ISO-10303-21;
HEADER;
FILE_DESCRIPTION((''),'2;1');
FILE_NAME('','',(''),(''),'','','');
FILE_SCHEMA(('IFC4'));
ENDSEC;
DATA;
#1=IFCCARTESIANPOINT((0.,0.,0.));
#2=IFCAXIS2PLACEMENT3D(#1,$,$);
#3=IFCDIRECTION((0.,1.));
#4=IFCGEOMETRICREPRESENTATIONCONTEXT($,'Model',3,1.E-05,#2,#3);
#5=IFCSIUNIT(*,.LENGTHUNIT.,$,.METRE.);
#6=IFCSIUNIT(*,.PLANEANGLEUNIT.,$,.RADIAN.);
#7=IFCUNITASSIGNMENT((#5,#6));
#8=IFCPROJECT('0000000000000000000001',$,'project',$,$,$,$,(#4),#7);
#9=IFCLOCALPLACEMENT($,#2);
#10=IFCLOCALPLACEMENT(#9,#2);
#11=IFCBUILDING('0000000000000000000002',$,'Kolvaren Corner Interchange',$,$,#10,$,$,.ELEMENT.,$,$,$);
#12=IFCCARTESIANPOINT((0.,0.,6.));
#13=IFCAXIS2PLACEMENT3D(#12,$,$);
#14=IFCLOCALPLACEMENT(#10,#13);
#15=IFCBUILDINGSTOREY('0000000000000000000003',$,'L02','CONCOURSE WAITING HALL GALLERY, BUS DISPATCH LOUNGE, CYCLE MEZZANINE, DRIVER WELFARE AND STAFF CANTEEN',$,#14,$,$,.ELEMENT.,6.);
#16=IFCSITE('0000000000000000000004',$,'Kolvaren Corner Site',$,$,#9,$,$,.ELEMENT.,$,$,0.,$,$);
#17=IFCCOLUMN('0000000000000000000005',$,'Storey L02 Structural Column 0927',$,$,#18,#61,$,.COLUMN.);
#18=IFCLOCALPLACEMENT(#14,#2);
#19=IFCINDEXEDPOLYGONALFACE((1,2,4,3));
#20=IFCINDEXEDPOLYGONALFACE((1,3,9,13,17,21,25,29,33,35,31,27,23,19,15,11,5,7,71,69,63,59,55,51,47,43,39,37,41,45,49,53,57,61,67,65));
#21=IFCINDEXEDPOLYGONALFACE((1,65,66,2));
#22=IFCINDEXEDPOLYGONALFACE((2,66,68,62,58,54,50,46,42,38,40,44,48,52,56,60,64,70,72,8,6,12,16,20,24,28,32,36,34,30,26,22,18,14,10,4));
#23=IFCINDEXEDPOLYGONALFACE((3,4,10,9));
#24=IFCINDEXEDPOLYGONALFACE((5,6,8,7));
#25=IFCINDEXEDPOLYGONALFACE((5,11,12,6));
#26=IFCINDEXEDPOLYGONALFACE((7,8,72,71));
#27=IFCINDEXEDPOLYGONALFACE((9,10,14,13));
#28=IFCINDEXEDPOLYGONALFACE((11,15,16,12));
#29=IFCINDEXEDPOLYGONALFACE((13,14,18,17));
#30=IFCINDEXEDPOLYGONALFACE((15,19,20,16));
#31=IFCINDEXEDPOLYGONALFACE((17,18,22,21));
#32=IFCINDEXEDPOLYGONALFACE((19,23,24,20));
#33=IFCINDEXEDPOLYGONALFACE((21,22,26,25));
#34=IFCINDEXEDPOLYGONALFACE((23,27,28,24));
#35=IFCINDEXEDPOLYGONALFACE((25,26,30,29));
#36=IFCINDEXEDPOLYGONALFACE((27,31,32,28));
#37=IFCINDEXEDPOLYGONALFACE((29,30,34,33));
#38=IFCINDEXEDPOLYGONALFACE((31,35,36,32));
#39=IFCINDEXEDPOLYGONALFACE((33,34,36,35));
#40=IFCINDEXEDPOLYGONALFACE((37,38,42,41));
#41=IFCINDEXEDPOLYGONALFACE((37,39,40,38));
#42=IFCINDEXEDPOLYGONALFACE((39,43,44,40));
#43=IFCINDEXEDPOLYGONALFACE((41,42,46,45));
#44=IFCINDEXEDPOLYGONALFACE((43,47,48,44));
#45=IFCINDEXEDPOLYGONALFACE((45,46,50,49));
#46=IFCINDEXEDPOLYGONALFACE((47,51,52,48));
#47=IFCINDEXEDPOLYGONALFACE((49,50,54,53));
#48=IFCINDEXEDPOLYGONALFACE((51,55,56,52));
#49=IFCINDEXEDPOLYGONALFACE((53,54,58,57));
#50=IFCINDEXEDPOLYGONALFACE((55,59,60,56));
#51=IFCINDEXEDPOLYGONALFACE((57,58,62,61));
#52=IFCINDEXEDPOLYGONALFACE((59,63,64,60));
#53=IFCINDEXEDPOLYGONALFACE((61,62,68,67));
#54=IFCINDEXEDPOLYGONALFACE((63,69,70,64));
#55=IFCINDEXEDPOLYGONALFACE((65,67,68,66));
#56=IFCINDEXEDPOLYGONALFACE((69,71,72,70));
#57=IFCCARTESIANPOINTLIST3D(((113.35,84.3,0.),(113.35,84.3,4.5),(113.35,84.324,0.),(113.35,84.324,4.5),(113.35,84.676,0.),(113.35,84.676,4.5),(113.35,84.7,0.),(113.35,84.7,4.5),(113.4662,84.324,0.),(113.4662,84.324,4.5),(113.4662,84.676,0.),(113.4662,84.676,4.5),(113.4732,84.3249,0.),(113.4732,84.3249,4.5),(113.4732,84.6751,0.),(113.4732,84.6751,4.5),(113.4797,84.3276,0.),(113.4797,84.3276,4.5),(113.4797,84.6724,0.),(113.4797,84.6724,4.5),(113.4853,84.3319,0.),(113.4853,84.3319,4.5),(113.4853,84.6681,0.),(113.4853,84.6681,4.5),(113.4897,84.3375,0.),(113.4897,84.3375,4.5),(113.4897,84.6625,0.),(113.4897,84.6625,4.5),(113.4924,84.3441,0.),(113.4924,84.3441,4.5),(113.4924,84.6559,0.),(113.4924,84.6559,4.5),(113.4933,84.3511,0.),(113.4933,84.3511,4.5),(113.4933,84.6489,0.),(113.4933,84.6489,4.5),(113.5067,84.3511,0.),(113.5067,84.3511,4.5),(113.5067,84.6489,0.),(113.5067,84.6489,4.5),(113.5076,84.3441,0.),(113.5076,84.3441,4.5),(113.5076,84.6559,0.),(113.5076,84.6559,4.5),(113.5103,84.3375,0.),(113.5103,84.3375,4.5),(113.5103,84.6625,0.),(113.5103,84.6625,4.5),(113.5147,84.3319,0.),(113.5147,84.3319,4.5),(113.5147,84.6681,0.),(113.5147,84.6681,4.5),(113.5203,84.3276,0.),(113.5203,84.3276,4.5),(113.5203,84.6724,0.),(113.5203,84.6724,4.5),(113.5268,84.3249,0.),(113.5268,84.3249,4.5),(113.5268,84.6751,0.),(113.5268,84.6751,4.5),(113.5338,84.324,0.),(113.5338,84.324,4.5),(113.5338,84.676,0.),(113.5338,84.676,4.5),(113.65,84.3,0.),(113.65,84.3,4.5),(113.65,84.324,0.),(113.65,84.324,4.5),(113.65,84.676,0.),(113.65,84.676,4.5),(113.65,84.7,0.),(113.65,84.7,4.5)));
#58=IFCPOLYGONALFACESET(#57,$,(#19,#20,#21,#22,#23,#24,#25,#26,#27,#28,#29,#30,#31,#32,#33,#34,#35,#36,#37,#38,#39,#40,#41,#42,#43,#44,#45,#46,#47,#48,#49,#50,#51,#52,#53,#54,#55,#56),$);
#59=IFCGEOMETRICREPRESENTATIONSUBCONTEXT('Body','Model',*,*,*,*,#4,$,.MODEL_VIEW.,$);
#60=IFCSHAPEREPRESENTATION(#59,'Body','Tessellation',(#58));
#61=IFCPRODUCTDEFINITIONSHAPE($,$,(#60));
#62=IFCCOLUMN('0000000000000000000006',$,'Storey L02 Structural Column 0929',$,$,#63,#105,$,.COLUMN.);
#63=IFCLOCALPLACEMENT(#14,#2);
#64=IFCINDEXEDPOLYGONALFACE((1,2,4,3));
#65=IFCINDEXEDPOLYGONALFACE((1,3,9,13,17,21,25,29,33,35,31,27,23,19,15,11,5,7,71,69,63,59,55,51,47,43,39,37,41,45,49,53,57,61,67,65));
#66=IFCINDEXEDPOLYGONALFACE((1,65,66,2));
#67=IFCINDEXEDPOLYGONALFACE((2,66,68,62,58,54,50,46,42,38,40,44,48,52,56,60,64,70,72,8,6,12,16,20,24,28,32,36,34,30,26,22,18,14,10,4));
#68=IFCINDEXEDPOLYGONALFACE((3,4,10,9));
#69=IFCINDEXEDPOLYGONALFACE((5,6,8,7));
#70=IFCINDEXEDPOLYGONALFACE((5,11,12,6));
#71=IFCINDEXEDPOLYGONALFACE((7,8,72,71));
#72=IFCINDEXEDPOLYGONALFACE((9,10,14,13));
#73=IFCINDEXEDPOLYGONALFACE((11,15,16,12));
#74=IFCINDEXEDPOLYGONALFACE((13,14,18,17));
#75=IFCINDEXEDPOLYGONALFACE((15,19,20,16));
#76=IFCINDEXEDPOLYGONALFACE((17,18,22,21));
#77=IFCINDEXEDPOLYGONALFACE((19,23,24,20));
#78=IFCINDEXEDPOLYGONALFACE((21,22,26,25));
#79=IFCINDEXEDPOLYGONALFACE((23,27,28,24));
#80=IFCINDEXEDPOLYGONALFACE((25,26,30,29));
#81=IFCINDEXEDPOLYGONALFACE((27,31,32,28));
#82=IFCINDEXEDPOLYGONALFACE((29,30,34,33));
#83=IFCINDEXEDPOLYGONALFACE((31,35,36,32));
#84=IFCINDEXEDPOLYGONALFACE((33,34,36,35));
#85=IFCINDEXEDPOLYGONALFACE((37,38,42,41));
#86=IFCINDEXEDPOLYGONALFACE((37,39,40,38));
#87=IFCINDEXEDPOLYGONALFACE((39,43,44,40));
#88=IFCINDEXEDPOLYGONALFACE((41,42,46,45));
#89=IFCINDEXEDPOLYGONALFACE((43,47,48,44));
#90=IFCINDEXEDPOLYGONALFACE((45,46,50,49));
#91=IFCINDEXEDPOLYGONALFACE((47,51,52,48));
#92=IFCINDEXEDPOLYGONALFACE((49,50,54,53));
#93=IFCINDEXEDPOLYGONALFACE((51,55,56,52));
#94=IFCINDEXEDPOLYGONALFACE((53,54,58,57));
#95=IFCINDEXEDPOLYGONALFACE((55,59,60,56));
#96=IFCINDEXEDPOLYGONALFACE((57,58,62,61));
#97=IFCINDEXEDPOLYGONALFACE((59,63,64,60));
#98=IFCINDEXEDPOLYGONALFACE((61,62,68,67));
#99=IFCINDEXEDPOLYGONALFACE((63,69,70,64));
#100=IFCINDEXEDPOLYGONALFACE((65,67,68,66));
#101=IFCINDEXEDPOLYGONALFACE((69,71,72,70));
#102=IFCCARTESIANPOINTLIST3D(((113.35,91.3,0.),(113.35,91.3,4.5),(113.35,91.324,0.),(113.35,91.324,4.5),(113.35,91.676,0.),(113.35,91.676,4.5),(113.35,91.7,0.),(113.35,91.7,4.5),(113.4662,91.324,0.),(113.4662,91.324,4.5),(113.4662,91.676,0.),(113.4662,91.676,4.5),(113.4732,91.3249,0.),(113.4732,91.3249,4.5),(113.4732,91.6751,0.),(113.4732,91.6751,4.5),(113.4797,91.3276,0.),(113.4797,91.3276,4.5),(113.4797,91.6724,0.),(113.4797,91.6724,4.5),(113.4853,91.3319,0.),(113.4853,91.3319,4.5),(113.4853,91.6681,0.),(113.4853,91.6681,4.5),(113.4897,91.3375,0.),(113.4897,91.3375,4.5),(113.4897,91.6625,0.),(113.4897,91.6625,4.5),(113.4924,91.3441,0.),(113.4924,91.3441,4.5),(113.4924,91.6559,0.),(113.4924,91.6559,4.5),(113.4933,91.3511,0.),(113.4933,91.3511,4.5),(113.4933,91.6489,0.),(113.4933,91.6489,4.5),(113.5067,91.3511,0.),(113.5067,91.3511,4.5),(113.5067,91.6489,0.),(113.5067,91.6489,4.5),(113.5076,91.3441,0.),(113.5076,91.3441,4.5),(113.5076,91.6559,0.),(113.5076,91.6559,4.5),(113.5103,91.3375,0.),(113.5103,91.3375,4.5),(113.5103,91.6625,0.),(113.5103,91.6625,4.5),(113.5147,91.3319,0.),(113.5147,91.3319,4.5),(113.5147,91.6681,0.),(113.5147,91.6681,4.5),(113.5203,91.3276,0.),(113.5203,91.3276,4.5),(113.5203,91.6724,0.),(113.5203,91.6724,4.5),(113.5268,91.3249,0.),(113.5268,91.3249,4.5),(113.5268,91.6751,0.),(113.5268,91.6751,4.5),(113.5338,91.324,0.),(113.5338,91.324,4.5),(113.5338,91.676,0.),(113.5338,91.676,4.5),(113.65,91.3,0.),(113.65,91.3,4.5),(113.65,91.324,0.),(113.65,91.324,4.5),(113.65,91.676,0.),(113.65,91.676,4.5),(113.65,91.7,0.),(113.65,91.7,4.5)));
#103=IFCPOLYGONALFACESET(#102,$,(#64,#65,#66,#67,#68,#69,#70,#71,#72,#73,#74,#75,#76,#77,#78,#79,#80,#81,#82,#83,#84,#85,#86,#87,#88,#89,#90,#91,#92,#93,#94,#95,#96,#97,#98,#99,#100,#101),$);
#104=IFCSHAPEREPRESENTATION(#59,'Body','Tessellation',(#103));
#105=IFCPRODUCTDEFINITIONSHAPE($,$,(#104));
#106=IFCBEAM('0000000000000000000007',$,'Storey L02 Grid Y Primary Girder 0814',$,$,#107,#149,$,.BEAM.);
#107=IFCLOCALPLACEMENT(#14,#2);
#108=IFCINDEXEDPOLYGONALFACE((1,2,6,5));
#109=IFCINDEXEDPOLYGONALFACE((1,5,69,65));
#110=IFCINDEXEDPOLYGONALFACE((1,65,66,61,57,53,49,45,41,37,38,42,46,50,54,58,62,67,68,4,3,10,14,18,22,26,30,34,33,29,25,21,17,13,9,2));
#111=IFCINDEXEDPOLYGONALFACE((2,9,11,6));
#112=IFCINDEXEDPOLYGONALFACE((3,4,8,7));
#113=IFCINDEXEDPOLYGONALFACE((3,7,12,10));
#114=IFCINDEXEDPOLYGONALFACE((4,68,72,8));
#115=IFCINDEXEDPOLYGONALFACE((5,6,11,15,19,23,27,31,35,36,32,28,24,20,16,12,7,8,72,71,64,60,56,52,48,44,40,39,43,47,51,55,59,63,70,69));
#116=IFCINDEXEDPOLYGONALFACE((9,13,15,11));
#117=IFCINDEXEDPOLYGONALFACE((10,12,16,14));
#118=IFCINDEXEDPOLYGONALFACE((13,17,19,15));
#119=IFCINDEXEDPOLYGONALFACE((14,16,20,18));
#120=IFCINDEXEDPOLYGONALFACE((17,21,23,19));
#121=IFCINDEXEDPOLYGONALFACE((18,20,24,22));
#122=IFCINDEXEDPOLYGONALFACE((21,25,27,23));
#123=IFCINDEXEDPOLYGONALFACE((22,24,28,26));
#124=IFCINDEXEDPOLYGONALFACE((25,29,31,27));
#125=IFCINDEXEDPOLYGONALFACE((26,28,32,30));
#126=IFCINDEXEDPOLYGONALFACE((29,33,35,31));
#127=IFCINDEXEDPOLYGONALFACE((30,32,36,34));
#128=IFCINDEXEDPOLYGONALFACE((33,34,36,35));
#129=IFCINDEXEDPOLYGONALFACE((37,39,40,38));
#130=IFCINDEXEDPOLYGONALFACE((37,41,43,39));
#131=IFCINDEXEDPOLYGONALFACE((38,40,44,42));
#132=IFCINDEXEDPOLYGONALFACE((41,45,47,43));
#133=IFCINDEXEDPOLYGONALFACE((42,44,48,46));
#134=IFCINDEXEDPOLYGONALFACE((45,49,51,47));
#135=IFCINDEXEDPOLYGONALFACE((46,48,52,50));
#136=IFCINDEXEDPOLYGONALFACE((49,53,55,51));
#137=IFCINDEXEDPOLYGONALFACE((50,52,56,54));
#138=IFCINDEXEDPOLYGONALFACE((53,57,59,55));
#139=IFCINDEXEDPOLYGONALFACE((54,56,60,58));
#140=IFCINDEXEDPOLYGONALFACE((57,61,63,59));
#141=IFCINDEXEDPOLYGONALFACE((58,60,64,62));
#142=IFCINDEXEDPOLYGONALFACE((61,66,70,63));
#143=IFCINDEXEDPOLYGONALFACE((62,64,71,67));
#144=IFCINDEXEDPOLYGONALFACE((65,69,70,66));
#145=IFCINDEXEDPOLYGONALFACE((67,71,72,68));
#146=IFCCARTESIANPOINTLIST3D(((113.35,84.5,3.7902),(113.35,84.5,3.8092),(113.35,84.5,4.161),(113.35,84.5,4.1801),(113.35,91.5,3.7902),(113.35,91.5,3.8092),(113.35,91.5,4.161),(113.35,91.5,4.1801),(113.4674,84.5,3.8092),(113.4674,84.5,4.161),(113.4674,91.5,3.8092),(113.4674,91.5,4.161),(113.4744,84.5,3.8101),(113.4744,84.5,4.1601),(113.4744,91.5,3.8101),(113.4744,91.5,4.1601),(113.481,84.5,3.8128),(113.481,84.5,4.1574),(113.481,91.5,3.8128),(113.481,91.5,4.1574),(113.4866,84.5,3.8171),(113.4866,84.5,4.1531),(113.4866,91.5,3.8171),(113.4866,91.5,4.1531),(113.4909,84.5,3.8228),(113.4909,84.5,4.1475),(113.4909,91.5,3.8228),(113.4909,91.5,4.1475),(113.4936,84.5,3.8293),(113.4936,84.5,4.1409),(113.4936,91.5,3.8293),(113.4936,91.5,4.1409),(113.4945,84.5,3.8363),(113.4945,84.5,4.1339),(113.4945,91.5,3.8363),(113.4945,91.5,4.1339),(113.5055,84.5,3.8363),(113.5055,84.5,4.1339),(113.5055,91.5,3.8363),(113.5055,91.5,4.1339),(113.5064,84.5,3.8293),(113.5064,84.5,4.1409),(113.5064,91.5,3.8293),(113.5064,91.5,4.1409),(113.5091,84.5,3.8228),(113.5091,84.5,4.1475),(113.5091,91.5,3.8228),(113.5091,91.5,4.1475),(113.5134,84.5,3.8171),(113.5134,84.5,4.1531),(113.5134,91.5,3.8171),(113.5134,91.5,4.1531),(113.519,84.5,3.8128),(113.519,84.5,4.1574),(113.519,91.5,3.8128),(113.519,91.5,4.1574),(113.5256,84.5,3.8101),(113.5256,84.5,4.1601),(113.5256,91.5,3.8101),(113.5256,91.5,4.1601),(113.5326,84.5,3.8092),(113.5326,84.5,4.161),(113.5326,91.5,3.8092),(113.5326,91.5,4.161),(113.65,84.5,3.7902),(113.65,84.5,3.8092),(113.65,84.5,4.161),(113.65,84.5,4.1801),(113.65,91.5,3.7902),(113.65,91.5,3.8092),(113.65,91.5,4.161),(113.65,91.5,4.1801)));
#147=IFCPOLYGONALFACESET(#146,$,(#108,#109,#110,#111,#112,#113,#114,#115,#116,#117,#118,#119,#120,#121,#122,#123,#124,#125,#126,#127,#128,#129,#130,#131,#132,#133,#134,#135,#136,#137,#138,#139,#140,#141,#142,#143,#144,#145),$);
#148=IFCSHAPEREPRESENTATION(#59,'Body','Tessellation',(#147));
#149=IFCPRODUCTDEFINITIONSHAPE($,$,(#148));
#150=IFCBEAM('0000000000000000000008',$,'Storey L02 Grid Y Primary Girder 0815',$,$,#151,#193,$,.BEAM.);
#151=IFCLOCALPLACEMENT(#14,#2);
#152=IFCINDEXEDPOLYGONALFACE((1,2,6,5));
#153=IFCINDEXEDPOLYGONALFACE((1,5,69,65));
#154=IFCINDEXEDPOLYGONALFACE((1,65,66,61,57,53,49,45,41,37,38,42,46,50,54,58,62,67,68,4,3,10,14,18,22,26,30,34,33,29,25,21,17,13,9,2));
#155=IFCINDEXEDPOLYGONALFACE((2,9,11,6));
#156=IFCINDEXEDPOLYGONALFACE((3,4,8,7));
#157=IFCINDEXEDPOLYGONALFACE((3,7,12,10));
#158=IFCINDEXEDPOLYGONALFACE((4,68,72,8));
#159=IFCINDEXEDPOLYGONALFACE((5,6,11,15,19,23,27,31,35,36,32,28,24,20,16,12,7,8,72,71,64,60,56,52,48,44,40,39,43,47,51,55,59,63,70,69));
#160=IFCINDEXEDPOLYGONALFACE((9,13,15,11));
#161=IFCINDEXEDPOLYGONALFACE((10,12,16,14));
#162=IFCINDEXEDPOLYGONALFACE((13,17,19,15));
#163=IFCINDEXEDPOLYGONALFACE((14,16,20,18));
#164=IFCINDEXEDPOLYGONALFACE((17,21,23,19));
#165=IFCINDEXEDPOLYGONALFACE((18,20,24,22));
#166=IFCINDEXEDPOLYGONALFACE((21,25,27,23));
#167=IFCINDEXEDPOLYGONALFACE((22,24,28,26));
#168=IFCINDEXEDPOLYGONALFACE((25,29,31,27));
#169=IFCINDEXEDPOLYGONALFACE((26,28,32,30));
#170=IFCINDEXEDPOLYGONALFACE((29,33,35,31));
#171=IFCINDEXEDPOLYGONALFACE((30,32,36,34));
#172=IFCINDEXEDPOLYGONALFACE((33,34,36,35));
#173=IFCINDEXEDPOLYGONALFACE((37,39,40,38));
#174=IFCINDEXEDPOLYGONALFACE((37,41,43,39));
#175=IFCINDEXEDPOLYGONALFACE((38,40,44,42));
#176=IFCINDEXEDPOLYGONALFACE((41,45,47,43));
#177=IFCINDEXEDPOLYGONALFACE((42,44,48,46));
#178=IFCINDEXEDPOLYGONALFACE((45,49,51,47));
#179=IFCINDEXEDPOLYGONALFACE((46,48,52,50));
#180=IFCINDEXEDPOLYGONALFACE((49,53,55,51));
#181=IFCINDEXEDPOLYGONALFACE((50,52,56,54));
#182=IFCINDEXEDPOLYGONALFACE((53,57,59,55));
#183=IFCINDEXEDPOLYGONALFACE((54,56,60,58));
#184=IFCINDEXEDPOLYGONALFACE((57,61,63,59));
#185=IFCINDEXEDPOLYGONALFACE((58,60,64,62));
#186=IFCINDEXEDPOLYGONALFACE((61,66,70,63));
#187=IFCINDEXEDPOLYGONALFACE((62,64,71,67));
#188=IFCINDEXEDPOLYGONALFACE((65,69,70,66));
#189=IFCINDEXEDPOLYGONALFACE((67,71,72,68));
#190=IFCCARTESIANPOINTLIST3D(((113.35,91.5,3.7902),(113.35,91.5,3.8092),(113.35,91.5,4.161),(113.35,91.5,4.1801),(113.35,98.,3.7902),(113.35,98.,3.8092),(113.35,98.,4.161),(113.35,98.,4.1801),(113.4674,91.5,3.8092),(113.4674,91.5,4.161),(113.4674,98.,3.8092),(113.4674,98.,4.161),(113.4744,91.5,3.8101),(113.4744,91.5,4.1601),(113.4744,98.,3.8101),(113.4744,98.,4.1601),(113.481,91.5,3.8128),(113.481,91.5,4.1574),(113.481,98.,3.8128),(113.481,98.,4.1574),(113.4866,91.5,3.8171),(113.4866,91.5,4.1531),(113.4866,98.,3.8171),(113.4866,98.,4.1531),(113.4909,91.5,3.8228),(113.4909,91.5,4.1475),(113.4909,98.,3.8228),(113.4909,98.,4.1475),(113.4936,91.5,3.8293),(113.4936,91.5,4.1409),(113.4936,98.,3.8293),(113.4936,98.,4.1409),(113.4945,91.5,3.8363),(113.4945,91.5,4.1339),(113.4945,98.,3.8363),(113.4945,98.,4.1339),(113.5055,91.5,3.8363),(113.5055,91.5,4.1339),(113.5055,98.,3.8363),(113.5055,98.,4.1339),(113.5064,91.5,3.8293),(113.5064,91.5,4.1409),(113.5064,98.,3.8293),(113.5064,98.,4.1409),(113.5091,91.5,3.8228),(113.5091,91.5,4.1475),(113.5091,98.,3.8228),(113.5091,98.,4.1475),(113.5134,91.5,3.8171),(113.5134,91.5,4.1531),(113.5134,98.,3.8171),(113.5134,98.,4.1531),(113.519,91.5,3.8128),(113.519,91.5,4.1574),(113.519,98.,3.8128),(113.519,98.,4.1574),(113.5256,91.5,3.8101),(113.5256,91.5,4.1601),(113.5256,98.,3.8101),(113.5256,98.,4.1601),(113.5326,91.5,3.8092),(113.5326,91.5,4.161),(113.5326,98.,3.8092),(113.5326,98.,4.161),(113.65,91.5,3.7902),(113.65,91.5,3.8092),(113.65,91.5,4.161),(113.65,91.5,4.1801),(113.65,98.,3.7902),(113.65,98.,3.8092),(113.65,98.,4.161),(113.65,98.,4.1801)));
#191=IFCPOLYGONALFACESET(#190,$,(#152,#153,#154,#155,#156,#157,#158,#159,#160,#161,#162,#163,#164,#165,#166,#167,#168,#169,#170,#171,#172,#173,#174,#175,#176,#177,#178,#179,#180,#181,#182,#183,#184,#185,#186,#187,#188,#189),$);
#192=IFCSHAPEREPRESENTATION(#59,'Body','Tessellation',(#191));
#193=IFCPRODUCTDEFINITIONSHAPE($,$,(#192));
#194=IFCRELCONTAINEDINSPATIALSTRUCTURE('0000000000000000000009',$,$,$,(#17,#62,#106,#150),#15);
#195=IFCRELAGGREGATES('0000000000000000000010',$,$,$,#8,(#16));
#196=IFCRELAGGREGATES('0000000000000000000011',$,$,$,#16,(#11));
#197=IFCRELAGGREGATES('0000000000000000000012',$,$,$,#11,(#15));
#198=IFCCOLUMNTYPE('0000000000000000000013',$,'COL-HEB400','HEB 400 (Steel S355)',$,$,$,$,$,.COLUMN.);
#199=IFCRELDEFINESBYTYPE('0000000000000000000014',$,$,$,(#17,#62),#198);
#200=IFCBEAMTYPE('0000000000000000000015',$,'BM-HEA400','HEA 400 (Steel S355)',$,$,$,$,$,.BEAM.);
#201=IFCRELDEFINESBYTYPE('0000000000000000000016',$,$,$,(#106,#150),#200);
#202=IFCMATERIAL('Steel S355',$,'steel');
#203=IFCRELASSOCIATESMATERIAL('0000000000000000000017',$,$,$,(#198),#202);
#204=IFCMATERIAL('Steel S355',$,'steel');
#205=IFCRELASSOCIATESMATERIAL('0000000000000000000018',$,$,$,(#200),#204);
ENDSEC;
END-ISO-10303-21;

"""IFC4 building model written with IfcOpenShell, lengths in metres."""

from ifc_helpers import new_model, si_unit, direction, frame, origin, origin_2d, place, context, subcontext, project, spatial, i_section, extrude, material, material_profile, profile_set, type_object, element, save


model = new_model("IFC4")

# Units and contexts
model_context = context("Model", 3, precision=1e-05, world=origin(), true_north=direction((0.0, 1.0)))
body_context = subcontext(model_context, "Body", "Model", "MODEL_VIEW")
ifc_project = project(units=[si_unit("LENGTHUNIT", "METRE"), si_unit("PLANEANGLEUNIT", "RADIAN")], contexts=[model_context])

# Site, building, storey
site_placement = place(None, origin())
site = spatial("IfcSite", under=ifc_project, at=site_placement, Name="Kolvaren Corner Site", CompositionType="ELEMENT", RefElevation=0.0)
building_placement = place(site_placement, origin())
building = spatial("IfcBuilding", under=site, at=building_placement, Name="Kolvaren Corner Interchange", CompositionType="ELEMENT")
storey_placement = place(building_placement, frame((0.0, 0.0, 6.0)))
storey = spatial("IfcBuildingStorey", under=building, at=storey_placement, Name="L02", Description="CONCOURSE WAITING HALL GALLERY, BUS DISPATCH LOUNGE, CYCLE MEZZANINE, DRIVER WELFARE AND STAFF CANTEEN", CompositionType="ELEMENT", Elevation=6.0)

# Columns
ifc_material_1 = material(Name="Steel S355", Category="steel")
ifc_material_profile_1 = material_profile(ifc_material_1, i_section(OverallWidth=0.3, OverallDepth=0.3999, WebThickness=0.0134, FlangeThickness=0.0239, FilletRadius=0.0271, at=origin_2d()), Name="HEB 400")
ifc_profile_set_1 = profile_set([ifc_material_profile_1], Name="Steel S355")
column_type = type_object("IfcColumnType", Name="COL-HEB400", Description="HEB 400 (Steel S355)", PredefinedType="COLUMN", material=ifc_profile_set_1)
for number, where, z_axis, x_axis, name in (
    (1, (113.5, 84.5, 0.0), (0.0, 0.0, 1.0), (1.0, 0.0, 0.0), "Storey L02 Structural Column 0927"),
    (2, (113.5, 91.5, 0.0), (0.0, 0.0, 1.0), (1.0, 0.0, 0.0), "Storey L02 Structural Column 0929"),
):
    element("IfcColumn", number, at=place(storey_placement, frame(where, z_axis=z_axis, x_axis=x_axis)), inside=storey, type_object=column_type, Name=name, PredefinedType="COLUMN", context=body_context, shape_type="SweptSolid", body=[
        extrude(i_section(OverallWidth=0.3, OverallDepth=0.3999, WebThickness=0.0134, FlangeThickness=0.0239, FilletRadius=0.0271, at=origin_2d()), origin(), (0.0, 0.0, 1.0), 4.5),
    ])

# Beams
ifc_material_2 = material(Name="Steel S355", Category="steel")
ifc_material_profile_2 = material_profile(ifc_material_2, i_section(OverallWidth=0.3, OverallDepth=0.3899, WebThickness=0.011, FlangeThickness=0.019, FilletRadius=0.0271, at=origin_2d()), Name="HEA 400")
ifc_profile_set_2 = profile_set([ifc_material_profile_2], Name="Steel S355")
beam_type = type_object("IfcBeamType", Name="BM-HEA400", Description="HEA 400 (Steel S355)", PredefinedType="BEAM", material=ifc_profile_set_2)
beam_1_placement = place(storey_placement, frame((113.5, 84.5, 3.9851), z_axis=(0.0, 1.0, 0.0), x_axis=(-1.0, 0.0, 0.0)))
element("IfcBeam", 3, at=beam_1_placement, inside=storey, type_object=beam_type, Name="Storey L02 Grid Y Primary Girder 0814", PredefinedType="BEAM", context=body_context, shape_type="SweptSolid", body=[
    extrude(i_section(OverallWidth=0.3, OverallDepth=0.3899, WebThickness=0.011, FlangeThickness=0.019, FilletRadius=0.0271, at=origin_2d()), origin(), (0.0, 0.0, 1.0), 7.0),
])
beam_2_placement = place(storey_placement, frame((113.5, 91.5, 3.9851), z_axis=(0.0, 1.0, 0.0), x_axis=(-1.0, 0.0, 0.0)))
element("IfcBeam", 4, at=beam_2_placement, inside=storey, type_object=beam_type, Name="Storey L02 Grid Y Primary Girder 0815", PredefinedType="BEAM", context=body_context, shape_type="SweptSolid", body=[
    extrude(i_section(OverallWidth=0.3, OverallDepth=0.3899, WebThickness=0.011, FlangeThickness=0.019, FilletRadius=0.0271, at=origin_2d()), origin(), (0.0, 0.0, 1.0), 6.5),
])

save(model, "model.ifc")
